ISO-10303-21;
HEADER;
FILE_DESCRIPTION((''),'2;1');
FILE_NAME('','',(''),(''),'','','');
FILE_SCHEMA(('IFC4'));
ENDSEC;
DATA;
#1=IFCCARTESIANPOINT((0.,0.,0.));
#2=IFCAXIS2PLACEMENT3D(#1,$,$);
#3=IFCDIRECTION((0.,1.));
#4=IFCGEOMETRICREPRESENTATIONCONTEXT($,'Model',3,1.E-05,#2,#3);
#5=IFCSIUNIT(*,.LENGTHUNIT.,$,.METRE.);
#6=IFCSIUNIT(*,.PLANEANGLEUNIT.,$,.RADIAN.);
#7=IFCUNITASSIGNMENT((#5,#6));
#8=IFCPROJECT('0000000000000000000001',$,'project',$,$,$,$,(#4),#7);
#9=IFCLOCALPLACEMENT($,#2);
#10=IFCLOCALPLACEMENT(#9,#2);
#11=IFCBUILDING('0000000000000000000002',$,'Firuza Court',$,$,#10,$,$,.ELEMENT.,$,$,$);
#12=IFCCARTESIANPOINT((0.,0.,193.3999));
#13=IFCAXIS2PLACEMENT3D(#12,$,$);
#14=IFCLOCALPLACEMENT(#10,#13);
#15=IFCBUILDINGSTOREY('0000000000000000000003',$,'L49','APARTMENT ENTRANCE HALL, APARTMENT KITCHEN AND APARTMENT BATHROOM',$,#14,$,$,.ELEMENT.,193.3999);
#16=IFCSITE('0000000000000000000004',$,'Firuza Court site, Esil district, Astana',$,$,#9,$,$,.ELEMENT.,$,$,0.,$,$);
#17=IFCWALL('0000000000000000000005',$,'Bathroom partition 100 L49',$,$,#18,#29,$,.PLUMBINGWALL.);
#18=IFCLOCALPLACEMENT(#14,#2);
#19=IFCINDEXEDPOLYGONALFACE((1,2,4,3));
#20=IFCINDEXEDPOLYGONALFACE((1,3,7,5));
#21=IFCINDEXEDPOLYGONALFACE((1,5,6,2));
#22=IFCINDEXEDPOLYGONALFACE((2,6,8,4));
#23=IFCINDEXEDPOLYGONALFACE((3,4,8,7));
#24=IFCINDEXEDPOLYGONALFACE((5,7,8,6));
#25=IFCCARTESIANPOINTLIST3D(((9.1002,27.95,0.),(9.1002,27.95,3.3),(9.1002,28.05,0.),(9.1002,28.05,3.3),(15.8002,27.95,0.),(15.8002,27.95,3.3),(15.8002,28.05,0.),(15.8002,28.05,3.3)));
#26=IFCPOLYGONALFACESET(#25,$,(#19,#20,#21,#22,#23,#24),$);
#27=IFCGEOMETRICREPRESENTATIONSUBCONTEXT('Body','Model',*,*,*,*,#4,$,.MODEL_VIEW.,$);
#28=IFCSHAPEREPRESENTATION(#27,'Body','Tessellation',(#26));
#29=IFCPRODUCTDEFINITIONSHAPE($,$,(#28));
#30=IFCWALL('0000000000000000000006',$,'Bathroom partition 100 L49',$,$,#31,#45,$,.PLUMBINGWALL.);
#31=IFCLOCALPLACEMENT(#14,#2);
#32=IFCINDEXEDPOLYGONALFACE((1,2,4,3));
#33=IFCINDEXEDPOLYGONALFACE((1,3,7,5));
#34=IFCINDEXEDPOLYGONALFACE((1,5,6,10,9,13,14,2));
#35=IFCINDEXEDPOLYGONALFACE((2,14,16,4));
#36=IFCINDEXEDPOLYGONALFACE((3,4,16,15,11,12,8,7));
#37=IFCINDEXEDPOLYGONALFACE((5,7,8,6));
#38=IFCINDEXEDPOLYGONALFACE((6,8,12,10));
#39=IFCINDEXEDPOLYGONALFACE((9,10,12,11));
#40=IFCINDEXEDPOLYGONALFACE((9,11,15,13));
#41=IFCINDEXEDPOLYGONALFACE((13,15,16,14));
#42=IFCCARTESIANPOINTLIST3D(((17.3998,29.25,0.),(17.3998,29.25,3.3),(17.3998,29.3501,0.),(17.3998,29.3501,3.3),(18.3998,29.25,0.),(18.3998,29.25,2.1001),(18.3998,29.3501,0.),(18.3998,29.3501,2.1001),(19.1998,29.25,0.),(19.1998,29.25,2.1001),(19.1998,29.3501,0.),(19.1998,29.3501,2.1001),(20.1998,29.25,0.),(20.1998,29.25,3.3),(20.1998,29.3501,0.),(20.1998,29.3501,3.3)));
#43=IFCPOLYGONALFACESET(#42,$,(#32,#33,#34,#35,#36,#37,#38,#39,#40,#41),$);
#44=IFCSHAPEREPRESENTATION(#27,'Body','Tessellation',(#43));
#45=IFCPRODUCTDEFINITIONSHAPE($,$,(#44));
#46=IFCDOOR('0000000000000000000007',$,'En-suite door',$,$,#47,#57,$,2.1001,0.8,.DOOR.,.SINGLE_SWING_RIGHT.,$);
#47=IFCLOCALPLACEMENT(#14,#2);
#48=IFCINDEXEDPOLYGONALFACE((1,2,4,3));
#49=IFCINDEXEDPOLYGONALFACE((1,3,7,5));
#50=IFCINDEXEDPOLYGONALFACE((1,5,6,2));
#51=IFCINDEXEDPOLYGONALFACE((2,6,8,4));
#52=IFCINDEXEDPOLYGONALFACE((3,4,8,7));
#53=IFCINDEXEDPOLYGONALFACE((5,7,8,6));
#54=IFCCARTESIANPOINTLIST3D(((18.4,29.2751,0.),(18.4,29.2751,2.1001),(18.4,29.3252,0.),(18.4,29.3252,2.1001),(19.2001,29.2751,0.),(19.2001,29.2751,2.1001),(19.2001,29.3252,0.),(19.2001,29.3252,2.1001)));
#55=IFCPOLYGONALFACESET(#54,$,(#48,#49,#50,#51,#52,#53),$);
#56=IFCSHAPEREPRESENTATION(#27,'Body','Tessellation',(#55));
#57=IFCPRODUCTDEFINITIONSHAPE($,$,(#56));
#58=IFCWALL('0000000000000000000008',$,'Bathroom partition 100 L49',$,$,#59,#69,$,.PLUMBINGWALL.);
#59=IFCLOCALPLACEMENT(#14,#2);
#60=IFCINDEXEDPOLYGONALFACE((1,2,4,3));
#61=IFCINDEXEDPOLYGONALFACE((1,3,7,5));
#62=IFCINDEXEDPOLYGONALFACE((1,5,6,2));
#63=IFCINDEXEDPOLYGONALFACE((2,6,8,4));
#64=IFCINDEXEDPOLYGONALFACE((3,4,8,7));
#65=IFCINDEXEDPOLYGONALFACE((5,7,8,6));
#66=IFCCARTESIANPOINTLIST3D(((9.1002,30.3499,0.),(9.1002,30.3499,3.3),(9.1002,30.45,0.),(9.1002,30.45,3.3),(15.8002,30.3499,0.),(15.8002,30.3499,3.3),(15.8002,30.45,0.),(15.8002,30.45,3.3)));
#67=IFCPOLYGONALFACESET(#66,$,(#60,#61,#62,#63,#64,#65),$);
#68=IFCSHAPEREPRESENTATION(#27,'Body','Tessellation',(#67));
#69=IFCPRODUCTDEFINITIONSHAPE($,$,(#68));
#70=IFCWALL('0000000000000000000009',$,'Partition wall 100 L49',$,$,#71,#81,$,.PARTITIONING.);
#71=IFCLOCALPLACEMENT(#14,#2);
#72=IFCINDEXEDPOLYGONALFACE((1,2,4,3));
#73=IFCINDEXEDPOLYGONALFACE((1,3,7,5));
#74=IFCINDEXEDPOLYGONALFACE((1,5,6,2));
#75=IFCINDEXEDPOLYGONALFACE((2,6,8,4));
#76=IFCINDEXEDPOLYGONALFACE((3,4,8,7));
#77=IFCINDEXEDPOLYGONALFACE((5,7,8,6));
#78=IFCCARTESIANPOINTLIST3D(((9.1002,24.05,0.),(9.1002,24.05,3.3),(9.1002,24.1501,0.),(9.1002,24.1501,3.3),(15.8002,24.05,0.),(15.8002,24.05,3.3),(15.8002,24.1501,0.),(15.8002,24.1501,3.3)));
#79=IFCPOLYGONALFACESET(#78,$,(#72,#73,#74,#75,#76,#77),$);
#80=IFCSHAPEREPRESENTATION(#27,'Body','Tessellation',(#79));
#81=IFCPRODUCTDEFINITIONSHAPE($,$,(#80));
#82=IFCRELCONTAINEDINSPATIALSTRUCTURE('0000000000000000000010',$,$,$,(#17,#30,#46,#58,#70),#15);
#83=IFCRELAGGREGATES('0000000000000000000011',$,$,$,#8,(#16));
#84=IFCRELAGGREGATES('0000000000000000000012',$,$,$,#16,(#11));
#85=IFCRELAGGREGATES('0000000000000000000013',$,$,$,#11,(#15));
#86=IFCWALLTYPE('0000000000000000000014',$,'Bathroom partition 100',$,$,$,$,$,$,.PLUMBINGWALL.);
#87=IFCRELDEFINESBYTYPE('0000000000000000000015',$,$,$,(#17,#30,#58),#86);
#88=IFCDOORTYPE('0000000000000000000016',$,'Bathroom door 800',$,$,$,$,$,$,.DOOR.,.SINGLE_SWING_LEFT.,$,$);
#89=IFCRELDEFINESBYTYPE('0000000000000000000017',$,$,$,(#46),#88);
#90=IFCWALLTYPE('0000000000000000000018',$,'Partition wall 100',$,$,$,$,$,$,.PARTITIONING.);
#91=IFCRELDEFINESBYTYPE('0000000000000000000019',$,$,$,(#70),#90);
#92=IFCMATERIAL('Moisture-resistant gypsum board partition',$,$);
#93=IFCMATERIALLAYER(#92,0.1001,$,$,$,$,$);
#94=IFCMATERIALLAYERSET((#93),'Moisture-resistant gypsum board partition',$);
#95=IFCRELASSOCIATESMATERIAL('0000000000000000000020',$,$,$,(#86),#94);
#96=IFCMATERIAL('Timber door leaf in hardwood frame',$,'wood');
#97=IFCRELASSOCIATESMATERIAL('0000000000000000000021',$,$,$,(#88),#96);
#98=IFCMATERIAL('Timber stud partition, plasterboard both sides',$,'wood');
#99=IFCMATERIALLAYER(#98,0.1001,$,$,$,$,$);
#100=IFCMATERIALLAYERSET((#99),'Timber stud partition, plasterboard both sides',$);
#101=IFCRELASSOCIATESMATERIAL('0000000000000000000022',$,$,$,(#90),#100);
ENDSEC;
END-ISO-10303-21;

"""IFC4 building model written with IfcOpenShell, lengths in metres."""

from ifc_helpers import new_model, si_unit, direction, frame, frame_2d, origin, place, context, subcontext, project, spatial, rectangle, extrude, material, layer, layer_set, type_object, element, fill, save


model = new_model("IFC4")

# Units and contexts
model_context = context("Model", 3, precision=1e-05, world=origin(), true_north=direction((0.0, 1.0)))
body_context = subcontext(model_context, "Body", "Model", "MODEL_VIEW")
ifc_project = project(units=[si_unit("LENGTHUNIT", "METRE"), si_unit("PLANEANGLEUNIT", "RADIAN")], contexts=[model_context])

# Site, building, storey
site_placement = place(None, origin())
site = spatial("IfcSite", under=ifc_project, at=site_placement, Name="Firuza Court site, Esil district, Astana", CompositionType="ELEMENT", RefElevation=0.0)
building_placement = place(site_placement, origin())
building = spatial("IfcBuilding", under=site, at=building_placement, Name="Firuza Court", CompositionType="ELEMENT")
storey_placement = place(building_placement, frame((0.0, 0.0, 193.3999)))
storey = spatial("IfcBuildingStorey", under=building, at=storey_placement, Name="L49", Description="APARTMENT ENTRANCE HALL, APARTMENT KITCHEN AND APARTMENT BATHROOM", CompositionType="ELEMENT", Elevation=193.3999)

# Wall
ifc_material_1 = material(Name="Moisture-resistant gypsum board partition")
ifc_layer_1 = layer(ifc_material_1, 0.1001)
ifc_layer_set_1 = layer_set([ifc_layer_1], Name="Moisture-resistant gypsum board partition")
wall_type_1 = type_object("IfcWallType", Name="Bathroom partition 100", PredefinedType="PLUMBINGWALL", material=ifc_layer_set_1)
wall_1_placement = place(storey_placement, frame((9.1001, 28.0, 0.0), z_axis=(0.0, 0.0, 1.0), x_axis=(1.0, 0.0, 0.0)))
element("IfcWall", 1, at=wall_1_placement, inside=storey, type_object=wall_type_1, Name="Bathroom partition 100 L49", PredefinedType="PLUMBINGWALL", context=body_context, shape_type="SweptSolid", body=[
    extrude(rectangle(XDim=6.7, YDim=0.1001, at=frame_2d((3.3501, 0.0))), origin(), (0.0, 0.0, 1.0), 3.3),
])

# Wall, opening, door
wall_2_placement = place(storey_placement, frame((17.3999, 29.3, 0.0), z_axis=(0.0, 0.0, 1.0), x_axis=(1.0, 0.0, 0.0)))
wall_2 = element("IfcWall", 2, at=wall_2_placement, inside=storey, type_object=wall_type_1, Name="Bathroom partition 100 L49", PredefinedType="PLUMBINGWALL", context=body_context, shape_type="SweptSolid", body=[
    extrude(rectangle(XDim=2.8, YDim=0.1001, at=frame_2d((1.3999, 0.0))), origin(), (0.0, 0.0, 1.0), 3.3),
])
opening_1_placement = place(wall_2_placement, frame((1.0, 0.0, 0.0)))
opening_1 = element("IfcOpeningElement", 3, at=opening_1_placement, cuts=wall_2, PredefinedType="OPENING", context=body_context, shape_type="SweptSolid", body=[
    extrude(rectangle(XDim=0.8, YDim=2.1001, at=frame_2d((0.3999, 1.05))), frame((0.0, 0.062, 0.0), z_axis=(0.0, -1.0, 0.0), x_axis=(1.0, 0.0, 0.0)), (0.0, 0.0, 1.0), 0.124),
])
ifc_material_2 = material(Name="Timber door leaf in hardwood frame", Category="wood")
door_type_1 = type_object("IfcDoorType", Name="Bathroom door 800", OperationType="SINGLE_SWING_LEFT", PredefinedType="DOOR", material=ifc_material_2)
door_1_placement = place(opening_1_placement, frame((0.8, 0.0, 0.0), z_axis=(0.0, 0.0, 1.0), x_axis=(-1.0, 0.0, 0.0)))
door_1 = element("IfcDoor", 4, at=door_1_placement, inside=storey, type_object=door_type_1, Name="En-suite door", OperationType="SINGLE_SWING_RIGHT", OverallHeight=2.1001, OverallWidth=0.8, PredefinedType="DOOR", context=body_context, shape_type="SweptSolid", body=[
    extrude(rectangle(XDim=0.8, YDim=2.1001, at=frame_2d((0.3999, 1.05))), frame((0.0, 0.0249, 0.0), z_axis=(0.0, -1.0, 0.0), x_axis=(1.0, 0.0, 0.0)), (0.0, 0.0, 1.0), 0.05),
])
fill(opening_1, door_1)

# Walls
wall_3_placement = place(storey_placement, frame((9.1001, 30.3999, 0.0), z_axis=(0.0, 0.0, 1.0), x_axis=(1.0, 0.0, 0.0)))
element("IfcWall", 5, at=wall_3_placement, inside=storey, type_object=wall_type_1, Name="Bathroom partition 100 L49", PredefinedType="PLUMBINGWALL", context=body_context, shape_type="SweptSolid", body=[
    extrude(rectangle(XDim=6.7, YDim=0.1001, at=frame_2d((3.3501, 0.0))), origin(), (0.0, 0.0, 1.0), 3.3),
])
ifc_material_3 = material(Name="Timber stud partition, plasterboard both sides", Category="wood")
ifc_layer_2 = layer(ifc_material_3, 0.1001)
ifc_layer_set_2 = layer_set([ifc_layer_2], Name="Timber stud partition, plasterboard both sides")
wall_type_2 = type_object("IfcWallType", Name="Partition wall 100", PredefinedType="PARTITIONING", material=ifc_layer_set_2)
wall_4_placement = place(storey_placement, frame((9.1001, 24.1001, 0.0), z_axis=(0.0, 0.0, 1.0), x_axis=(1.0, 0.0, 0.0)))
element("IfcWall", 6, at=wall_4_placement, inside=storey, type_object=wall_type_2, Name="Partition wall 100 L49", PredefinedType="PARTITIONING", context=body_context, shape_type="SweptSolid", body=[
    extrude(rectangle(XDim=6.7, YDim=0.1001, at=frame_2d((3.3501, 0.0))), origin(), (0.0, 0.0, 1.0), 3.3),
])

save(model, "model.ifc")
